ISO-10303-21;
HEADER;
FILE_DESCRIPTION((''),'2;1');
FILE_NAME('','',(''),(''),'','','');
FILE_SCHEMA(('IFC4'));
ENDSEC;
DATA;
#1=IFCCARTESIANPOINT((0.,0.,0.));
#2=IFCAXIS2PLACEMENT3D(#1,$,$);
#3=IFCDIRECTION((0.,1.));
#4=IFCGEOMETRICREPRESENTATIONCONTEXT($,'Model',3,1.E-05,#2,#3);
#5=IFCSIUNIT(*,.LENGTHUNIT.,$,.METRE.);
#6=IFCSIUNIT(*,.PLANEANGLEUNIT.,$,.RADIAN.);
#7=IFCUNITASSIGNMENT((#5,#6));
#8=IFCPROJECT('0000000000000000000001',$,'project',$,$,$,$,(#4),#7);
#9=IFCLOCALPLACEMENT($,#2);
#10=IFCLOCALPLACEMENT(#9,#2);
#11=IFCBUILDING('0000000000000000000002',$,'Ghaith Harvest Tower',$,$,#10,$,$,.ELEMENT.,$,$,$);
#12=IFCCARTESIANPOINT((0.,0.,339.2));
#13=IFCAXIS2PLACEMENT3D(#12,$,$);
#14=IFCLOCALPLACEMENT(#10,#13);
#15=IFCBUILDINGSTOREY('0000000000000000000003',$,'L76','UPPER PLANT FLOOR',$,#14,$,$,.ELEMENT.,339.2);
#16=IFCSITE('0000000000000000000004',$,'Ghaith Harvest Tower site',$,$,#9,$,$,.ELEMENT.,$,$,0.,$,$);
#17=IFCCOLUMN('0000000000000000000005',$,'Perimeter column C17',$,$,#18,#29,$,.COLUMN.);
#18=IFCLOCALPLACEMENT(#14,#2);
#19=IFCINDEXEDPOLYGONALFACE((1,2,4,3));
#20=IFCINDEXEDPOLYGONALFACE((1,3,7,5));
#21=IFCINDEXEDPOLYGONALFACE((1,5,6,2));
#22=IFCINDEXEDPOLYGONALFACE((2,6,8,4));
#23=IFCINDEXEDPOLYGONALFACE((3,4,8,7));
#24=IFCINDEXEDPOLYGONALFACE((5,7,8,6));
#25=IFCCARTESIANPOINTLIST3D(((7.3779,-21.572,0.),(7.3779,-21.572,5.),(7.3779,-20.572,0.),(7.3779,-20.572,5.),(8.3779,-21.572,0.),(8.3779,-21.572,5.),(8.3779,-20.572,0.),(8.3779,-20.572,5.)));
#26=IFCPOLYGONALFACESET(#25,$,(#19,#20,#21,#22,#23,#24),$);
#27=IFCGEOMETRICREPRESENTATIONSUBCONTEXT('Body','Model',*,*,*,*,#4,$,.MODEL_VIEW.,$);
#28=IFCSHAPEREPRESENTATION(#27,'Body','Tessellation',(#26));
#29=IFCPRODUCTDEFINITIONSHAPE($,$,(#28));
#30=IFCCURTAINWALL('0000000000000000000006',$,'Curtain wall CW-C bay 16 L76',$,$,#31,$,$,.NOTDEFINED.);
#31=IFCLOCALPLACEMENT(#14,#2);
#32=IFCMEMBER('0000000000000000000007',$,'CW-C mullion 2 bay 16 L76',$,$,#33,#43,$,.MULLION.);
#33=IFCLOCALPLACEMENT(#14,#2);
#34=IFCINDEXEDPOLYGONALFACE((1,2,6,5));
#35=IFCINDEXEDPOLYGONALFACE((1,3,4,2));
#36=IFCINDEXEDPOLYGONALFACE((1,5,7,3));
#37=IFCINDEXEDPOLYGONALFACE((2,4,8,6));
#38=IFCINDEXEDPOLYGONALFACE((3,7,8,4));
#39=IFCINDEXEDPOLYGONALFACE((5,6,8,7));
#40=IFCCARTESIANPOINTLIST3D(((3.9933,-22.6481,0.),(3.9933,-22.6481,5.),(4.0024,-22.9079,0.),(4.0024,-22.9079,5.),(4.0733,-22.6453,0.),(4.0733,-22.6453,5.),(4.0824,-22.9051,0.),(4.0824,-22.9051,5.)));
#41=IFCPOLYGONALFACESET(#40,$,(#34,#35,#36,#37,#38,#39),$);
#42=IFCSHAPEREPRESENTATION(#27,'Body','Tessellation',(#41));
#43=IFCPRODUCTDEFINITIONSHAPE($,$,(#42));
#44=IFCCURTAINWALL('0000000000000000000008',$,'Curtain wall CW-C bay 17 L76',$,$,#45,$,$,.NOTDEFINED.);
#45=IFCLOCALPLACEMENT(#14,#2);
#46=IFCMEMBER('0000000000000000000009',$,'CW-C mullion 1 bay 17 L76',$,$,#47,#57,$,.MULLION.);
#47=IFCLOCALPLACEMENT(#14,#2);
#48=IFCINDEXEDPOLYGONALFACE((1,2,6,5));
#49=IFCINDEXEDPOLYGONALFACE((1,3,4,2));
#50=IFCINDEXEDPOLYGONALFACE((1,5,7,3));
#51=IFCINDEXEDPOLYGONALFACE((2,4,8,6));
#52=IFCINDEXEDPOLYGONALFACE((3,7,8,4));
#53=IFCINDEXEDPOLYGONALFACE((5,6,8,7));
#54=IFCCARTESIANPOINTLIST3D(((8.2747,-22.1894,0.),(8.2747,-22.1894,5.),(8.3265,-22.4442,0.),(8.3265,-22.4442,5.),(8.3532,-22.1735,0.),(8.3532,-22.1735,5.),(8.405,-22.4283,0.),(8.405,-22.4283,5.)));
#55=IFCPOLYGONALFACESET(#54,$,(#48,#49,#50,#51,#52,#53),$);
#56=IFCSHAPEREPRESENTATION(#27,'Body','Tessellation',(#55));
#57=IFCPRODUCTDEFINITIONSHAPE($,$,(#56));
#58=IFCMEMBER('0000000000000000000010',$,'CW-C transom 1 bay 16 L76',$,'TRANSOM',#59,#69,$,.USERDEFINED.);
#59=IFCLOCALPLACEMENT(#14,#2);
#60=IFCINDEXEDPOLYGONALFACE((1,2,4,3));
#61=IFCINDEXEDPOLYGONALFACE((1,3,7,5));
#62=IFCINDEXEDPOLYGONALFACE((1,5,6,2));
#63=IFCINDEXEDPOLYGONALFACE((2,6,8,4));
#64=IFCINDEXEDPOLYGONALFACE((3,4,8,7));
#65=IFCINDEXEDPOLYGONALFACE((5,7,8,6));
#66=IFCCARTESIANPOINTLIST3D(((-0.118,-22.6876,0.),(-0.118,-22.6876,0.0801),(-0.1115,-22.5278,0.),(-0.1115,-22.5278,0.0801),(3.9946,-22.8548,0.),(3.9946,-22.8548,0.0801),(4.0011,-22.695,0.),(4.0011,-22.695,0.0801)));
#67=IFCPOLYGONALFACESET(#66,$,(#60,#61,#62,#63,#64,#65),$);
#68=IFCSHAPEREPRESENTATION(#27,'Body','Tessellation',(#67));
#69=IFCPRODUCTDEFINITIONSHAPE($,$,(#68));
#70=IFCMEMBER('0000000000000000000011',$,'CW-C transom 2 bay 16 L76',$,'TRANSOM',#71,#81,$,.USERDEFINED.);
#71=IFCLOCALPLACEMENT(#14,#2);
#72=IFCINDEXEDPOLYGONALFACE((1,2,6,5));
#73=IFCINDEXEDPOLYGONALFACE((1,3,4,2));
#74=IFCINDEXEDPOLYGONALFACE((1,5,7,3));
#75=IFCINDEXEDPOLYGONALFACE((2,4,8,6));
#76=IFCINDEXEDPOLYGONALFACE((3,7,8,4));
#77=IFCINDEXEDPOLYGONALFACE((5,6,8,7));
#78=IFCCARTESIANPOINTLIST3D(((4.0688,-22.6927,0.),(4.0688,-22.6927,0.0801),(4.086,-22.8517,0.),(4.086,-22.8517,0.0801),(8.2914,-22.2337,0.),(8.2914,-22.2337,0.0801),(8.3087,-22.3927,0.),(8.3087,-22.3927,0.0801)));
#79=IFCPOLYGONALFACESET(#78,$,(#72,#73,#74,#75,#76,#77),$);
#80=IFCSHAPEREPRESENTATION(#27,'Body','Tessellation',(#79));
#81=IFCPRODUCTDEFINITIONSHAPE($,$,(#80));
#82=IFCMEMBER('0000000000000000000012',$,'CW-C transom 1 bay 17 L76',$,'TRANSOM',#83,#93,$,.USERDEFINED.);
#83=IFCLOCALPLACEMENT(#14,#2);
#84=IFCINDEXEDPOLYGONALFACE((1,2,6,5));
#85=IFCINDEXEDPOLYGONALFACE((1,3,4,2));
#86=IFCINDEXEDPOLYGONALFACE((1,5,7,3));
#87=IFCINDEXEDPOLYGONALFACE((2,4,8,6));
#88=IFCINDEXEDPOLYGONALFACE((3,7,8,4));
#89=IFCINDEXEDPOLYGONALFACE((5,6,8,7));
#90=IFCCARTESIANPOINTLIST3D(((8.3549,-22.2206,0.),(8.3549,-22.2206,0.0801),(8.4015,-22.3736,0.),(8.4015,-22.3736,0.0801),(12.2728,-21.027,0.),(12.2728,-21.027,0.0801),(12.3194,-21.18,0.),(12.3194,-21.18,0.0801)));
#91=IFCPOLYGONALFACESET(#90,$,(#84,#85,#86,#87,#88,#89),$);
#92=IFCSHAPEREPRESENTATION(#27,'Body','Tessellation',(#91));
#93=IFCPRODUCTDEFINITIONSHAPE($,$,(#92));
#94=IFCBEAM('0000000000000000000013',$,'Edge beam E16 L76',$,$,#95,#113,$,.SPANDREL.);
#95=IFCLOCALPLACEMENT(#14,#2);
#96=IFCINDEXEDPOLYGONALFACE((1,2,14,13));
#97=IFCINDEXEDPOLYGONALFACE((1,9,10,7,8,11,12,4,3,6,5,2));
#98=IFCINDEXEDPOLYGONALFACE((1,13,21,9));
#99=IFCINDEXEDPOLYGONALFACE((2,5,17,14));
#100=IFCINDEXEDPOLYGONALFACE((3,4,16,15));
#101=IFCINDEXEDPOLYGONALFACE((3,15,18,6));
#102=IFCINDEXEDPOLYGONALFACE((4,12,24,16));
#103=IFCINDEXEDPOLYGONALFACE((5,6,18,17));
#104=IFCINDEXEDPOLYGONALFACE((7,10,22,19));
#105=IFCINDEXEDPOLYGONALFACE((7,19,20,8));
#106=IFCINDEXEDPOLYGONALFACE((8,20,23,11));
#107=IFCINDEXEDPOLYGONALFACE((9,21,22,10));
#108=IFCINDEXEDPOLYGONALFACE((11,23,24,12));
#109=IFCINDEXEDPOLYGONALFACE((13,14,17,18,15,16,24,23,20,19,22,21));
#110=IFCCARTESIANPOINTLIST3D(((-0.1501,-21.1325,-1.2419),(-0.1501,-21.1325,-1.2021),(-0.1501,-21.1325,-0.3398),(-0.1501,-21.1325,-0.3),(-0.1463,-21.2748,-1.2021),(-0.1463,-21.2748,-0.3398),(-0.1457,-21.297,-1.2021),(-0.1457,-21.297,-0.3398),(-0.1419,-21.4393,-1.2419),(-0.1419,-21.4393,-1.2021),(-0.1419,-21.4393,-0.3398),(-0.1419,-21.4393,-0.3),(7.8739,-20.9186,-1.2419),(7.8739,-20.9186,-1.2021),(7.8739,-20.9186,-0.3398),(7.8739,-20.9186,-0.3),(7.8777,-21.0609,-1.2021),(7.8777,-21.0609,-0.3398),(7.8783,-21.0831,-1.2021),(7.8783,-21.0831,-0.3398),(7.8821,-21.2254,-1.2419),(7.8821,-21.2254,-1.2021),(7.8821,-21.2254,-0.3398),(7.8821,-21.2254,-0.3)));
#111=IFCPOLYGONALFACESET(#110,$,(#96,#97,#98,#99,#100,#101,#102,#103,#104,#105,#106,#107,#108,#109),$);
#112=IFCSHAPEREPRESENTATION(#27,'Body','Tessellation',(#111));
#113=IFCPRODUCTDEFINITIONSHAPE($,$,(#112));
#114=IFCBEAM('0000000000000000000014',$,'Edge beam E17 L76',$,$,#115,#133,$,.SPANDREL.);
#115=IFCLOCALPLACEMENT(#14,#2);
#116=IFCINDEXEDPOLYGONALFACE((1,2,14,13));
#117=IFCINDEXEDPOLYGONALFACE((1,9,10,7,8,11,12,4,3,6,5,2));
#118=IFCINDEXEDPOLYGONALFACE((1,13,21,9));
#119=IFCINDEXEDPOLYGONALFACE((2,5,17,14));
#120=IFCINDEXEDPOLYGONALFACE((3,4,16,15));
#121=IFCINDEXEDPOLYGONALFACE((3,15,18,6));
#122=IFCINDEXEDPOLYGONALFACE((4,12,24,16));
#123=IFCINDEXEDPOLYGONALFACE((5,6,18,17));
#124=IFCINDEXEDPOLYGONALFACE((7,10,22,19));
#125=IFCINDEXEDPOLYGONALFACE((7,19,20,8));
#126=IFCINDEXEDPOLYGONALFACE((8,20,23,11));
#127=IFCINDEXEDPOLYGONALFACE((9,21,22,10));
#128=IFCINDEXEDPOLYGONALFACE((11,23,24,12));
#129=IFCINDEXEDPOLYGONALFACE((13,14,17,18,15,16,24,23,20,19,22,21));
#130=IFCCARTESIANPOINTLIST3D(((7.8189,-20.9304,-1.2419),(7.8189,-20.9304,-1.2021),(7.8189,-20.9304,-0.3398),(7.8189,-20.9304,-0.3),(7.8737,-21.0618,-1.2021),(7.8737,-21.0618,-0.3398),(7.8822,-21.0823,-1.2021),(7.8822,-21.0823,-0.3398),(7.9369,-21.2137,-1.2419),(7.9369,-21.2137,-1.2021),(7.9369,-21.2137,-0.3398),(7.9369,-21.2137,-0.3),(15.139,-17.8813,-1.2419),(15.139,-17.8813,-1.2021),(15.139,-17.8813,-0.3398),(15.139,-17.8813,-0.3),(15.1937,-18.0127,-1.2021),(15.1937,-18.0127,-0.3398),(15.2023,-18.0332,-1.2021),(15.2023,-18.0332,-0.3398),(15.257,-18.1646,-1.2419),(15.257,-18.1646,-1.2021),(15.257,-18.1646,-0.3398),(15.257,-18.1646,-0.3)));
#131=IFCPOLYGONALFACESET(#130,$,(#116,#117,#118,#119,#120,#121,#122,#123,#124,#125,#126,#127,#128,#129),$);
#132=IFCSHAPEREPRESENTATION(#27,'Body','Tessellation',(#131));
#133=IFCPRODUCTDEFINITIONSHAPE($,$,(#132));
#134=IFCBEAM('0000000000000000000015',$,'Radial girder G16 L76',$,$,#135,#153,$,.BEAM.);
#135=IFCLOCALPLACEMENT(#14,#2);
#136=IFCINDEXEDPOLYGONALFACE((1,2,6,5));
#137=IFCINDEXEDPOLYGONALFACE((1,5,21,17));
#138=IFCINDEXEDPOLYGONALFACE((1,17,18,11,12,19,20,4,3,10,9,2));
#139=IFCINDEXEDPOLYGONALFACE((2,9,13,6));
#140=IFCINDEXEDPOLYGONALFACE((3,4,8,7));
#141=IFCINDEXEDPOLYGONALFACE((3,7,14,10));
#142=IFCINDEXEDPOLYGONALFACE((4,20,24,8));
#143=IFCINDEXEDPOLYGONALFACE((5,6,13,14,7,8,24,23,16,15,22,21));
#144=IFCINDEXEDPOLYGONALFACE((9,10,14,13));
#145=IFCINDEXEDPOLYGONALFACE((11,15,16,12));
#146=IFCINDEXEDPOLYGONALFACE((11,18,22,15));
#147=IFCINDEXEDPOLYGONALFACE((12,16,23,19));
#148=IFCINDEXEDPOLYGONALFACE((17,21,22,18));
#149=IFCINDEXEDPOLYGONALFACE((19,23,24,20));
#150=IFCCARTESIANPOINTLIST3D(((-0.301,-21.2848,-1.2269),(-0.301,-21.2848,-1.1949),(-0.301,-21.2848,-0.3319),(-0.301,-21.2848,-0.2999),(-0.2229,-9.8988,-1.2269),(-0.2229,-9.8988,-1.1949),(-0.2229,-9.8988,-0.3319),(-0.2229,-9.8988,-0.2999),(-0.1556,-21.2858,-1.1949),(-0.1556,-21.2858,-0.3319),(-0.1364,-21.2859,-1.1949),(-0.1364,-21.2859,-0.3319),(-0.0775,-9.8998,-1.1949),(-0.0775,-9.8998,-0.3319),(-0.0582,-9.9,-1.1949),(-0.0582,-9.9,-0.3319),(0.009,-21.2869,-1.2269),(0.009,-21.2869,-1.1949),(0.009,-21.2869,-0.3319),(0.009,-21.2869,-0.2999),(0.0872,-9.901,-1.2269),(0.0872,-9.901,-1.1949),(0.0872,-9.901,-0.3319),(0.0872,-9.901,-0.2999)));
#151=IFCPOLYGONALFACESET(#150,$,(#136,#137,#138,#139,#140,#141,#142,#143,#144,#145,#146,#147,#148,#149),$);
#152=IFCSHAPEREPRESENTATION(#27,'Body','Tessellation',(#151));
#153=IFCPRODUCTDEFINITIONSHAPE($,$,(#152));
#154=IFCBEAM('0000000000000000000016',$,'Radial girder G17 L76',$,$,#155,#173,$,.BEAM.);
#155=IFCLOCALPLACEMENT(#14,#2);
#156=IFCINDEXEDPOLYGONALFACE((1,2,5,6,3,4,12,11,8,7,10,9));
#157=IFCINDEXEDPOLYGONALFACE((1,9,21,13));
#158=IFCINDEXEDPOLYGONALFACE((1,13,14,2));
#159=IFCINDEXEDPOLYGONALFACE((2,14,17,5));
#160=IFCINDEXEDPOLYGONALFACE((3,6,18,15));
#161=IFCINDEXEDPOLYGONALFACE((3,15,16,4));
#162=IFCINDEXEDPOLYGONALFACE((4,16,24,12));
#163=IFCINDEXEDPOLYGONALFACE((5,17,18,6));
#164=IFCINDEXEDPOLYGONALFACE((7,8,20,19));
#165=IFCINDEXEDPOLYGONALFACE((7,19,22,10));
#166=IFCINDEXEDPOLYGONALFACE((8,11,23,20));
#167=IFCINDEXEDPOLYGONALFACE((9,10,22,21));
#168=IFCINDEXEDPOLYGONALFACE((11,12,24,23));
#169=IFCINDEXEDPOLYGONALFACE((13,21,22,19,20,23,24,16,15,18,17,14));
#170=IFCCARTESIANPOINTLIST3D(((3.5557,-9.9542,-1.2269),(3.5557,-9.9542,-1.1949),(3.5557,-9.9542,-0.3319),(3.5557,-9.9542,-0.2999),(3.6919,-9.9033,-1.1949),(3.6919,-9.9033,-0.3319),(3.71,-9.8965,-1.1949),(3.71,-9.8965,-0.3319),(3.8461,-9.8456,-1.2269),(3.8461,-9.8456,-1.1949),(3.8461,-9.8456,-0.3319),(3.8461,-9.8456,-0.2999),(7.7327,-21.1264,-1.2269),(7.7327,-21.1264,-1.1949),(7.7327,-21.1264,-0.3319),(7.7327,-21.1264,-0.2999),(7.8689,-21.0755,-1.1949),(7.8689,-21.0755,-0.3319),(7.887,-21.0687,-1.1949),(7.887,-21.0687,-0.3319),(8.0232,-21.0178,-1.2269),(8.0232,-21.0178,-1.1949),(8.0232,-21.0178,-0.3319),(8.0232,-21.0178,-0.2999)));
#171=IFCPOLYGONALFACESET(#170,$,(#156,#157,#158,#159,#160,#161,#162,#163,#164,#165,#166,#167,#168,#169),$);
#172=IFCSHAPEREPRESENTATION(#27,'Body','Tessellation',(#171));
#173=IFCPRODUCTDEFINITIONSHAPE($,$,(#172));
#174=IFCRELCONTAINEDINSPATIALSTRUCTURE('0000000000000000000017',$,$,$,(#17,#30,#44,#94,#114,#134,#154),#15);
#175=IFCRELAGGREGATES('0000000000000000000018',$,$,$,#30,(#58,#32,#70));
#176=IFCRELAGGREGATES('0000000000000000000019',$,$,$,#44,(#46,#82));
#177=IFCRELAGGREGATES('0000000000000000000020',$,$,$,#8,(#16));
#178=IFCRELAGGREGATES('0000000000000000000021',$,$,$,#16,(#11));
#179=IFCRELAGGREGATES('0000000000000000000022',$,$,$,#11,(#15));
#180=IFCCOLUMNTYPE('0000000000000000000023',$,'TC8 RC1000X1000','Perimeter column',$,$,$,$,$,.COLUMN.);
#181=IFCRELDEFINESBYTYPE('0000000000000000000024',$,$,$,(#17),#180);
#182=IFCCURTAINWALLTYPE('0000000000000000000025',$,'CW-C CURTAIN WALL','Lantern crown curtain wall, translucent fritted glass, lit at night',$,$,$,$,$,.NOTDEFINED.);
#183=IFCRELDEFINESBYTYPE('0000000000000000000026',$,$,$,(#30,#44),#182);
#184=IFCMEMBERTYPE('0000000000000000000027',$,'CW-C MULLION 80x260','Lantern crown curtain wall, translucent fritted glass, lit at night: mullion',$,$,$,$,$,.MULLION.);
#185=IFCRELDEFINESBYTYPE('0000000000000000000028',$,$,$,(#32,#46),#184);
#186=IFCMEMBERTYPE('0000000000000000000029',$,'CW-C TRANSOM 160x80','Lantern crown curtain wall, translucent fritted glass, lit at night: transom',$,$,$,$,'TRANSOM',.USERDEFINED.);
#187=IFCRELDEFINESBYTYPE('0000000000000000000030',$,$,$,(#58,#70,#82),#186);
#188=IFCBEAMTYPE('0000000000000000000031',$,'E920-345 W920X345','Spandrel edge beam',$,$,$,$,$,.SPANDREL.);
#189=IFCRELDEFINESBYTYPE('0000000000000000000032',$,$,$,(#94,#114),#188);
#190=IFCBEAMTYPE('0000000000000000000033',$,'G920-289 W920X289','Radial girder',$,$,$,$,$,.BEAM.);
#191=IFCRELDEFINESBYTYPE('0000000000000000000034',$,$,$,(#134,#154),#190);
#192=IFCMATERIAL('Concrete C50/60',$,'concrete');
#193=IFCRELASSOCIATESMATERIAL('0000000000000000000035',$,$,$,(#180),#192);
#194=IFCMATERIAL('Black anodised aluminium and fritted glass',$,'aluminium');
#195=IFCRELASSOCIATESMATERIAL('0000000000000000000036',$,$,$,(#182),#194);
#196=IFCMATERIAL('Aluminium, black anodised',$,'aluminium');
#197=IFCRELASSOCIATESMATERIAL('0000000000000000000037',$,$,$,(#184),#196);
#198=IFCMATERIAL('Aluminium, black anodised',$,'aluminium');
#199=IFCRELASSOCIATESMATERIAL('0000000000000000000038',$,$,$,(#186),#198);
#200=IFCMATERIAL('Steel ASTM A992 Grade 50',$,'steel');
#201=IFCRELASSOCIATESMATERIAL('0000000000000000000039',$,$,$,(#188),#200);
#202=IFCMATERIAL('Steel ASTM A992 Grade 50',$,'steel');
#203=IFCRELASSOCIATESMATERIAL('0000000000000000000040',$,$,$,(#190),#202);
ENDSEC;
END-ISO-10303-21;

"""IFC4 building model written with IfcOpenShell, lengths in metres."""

from ifc_helpers import new_model, si_unit, direction, frame, origin, origin_2d, place, context, subcontext, project, spatial, rectangle, i_section, extrude, material, material_profile, profile_set, type_object, element, aggregate, save


model = new_model("IFC4")

# Units and contexts
model_context = context("Model", 3, precision=1e-05, world=origin(), true_north=direction((0.0, 1.0)))
body_context = subcontext(model_context, "Body", "Model", "MODEL_VIEW")
ifc_project = project(units=[si_unit("LENGTHUNIT", "METRE"), si_unit("PLANEANGLEUNIT", "RADIAN")], contexts=[model_context])

# Site, building, storey
site_placement = place(None, origin())
site = spatial("IfcSite", under=ifc_project, at=site_placement, Name="Ghaith Harvest Tower site", CompositionType="ELEMENT", RefElevation=0.0)
building_placement = place(site_placement, origin())
building = spatial("IfcBuilding", under=site, at=building_placement, Name="Ghaith Harvest Tower", CompositionType="ELEMENT")
storey_placement = place(building_placement, frame((0.0, 0.0, 339.2)))
storey = spatial("IfcBuildingStorey", under=building, at=storey_placement, Name="L76", Description="UPPER PLANT FLOOR", CompositionType="ELEMENT", Elevation=339.2)

# Column
ifc_material_1 = material(Name="Concrete C50/60", Category="concrete")
ifc_material_profile_1 = material_profile(ifc_material_1, rectangle(XDim=1.0, YDim=1.0, at=origin_2d()), Name="RC1000X1000")
ifc_profile_set_1 = profile_set([ifc_material_profile_1], Name="Concrete C50/60")
column_type = type_object("IfcColumnType", Name="TC8 RC1000X1000", Description="Perimeter column", PredefinedType="COLUMN", material=ifc_profile_set_1)
column_placement = place(storey_placement, frame((7.8779, -21.072, 0.0), z_axis=(0.0, 0.0, 1.0), x_axis=(1.0, 0.0, 0.0)))
element("IfcColumn", 1, at=column_placement, inside=storey, type_object=column_type, Name="Perimeter column C17", PredefinedType="COLUMN", context=body_context, shape_type="SweptSolid", body=[
    extrude(rectangle(XDim=1.0, YDim=1.0, at=origin_2d()), origin(), (0.0, 0.0, 1.0), 5.0),
])

# Curtain walls, members
ifc_material_2 = material(Name="Black anodised aluminium and fritted glass", Category="aluminium")
curtain_wall_type = type_object("IfcCurtainWallType", Name="CW-C CURTAIN WALL", Description="Lantern crown curtain wall, translucent fritted glass, lit at night", PredefinedType="NOTDEFINED", material=ifc_material_2)
curtain_wall_1_placement = place(storey_placement, origin())
curtain_wall_1 = element("IfcCurtainWall", 2, at=curtain_wall_1_placement, inside=storey, type_object=curtain_wall_type, Name="Curtain wall CW-C bay 16 L76", PredefinedType="NOTDEFINED")
ifc_material_3 = material(Name="Aluminium, black anodised", Category="aluminium")
ifc_material_profile_2 = material_profile(ifc_material_3, rectangle(XDim=0.0801, YDim=0.26, at=origin_2d()), Name="CW-C MULLION 80x260")
ifc_profile_set_2 = profile_set([ifc_material_profile_2], Name="Aluminium, black anodised")
member_type_1 = type_object("IfcMemberType", Name="CW-C MULLION 80x260", Description="Lantern crown curtain wall, translucent fritted glass, lit at night: mullion", PredefinedType="MULLION", material=ifc_profile_set_2)
member_1_placement = place(storey_placement, frame((4.0378, -22.7766, 0.0), z_axis=(0.0, 0.0, 1.0), x_axis=(0.999389, 0.034962, 0.0)))
member_1 = element("IfcMember", 3, at=member_1_placement, type_object=member_type_1, Name="CW-C mullion 2 bay 16 L76", PredefinedType="MULLION", context=body_context, shape_type="SweptSolid", body=[
    extrude(rectangle(XDim=0.0801, YDim=0.26, at=origin_2d()), origin(), (0.0, 0.0, 1.0), 5.0),
])
curtain_wall_2_placement = place(storey_placement, origin())
curtain_wall_2 = element("IfcCurtainWall", 4, at=curtain_wall_2_placement, inside=storey, type_object=curtain_wall_type, Name="Curtain wall CW-C bay 17 L76", PredefinedType="NOTDEFINED")
member_2_placement = place(storey_placement, frame((8.3398, -22.3088, 0.0), z_axis=(0.0, 0.0, 1.0), x_axis=(0.98, 0.198997, 0.0)))
member_2 = element("IfcMember", 5, at=member_2_placement, type_object=member_type_1, Name="CW-C mullion 1 bay 17 L76", PredefinedType="MULLION", context=body_context, shape_type="SweptSolid", body=[
    extrude(rectangle(XDim=0.0801, YDim=0.26, at=origin_2d()), origin(), (0.0, 0.0, 1.0), 5.0),
])

# Members
ifc_material_4 = material(Name="Aluminium, black anodised", Category="aluminium")
ifc_material_profile_3 = material_profile(ifc_material_4, rectangle(XDim=0.1599, YDim=0.0801, at=origin_2d()), Name="CW-C TRANSOM 160x80")
ifc_profile_set_3 = profile_set([ifc_material_profile_3], Name="Aluminium, black anodised")
member_type_2 = type_object("IfcMemberType", Name="CW-C TRANSOM 160x80", Description="Lantern crown curtain wall, translucent fritted glass, lit at night: transom", ElementType="TRANSOM", PredefinedType="USERDEFINED", material=ifc_profile_set_3)
member_3_placement = place(storey_placement, frame((-0.1147, -22.6077, 0.04), z_axis=(0.999174, -0.040631, 0.0), x_axis=(0.040631, 0.999174, 0.0)))
member_3 = element("IfcMember", 6, at=member_3_placement, type_object=member_type_2, Name="CW-C transom 1 bay 16 L76", ObjectType="TRANSOM", PredefinedType="USERDEFINED", context=body_context, shape_type="SweptSolid", body=[
    extrude(rectangle(XDim=0.1599, YDim=0.0801, at=origin_2d()), origin(), (0.0, 0.0, 1.0), 4.116),
])
member_4_placement = place(storey_placement, frame((4.0774, -22.7722, 0.04), z_axis=(0.994144, 0.108059, 0.0), x_axis=(-0.108059, 0.994144, 0.0)))
member_4 = element("IfcMember", 7, at=member_4_placement, type_object=member_type_2, Name="CW-C transom 2 bay 16 L76", ObjectType="TRANSOM", PredefinedType="USERDEFINED", context=body_context, shape_type="SweptSolid", body=[
    extrude(rectangle(XDim=0.1599, YDim=0.0801, at=origin_2d()), origin(), (0.0, 0.0, 1.0), 4.2476),
])
member_5_placement = place(storey_placement, frame((8.3782, -22.2971, 0.04), z_axis=(0.956594, 0.291425, 0.0), x_axis=(-0.291425, 0.956594, 0.0)))
member_5 = element("IfcMember", 8, at=member_5_placement, type_object=member_type_2, Name="CW-C transom 1 bay 17 L76", ObjectType="TRANSOM", PredefinedType="USERDEFINED", context=body_context, shape_type="SweptSolid", body=[
    extrude(rectangle(XDim=0.1599, YDim=0.0801, at=origin_2d()), origin(), (0.0, 0.0, 1.0), 4.0957),
])

# Beams
ifc_material_5 = material(Name="Steel ASTM A992 Grade 50", Category="steel")
ifc_material_profile_4 = material_profile(ifc_material_5, i_section(OverallWidth=0.3069, OverallDepth=0.9419, WebThickness=0.0222, FlangeThickness=0.0398, at=origin_2d()), Name="W920X345")
ifc_profile_set_4 = profile_set([ifc_material_profile_4], Name="Steel ASTM A992 Grade 50")
beam_type_1 = type_object("IfcBeamType", Name="E920-345 W920X345", Description="Spandrel edge beam", PredefinedType="SPANDREL", material=ifc_profile_set_4)
beam_1_placement = place(storey_placement, frame((-0.146, -21.2859, -0.771), z_axis=(0.999645, 0.026644, 0.0), x_axis=(-0.026644, 0.999645, 0.0)))
element("IfcBeam", 9, at=beam_1_placement, inside=storey, type_object=beam_type_1, Name="Edge beam E16 L76", PredefinedType="SPANDREL", context=body_context, shape_type="SweptSolid", body=[
    extrude(i_section(OverallWidth=0.3069, OverallDepth=0.9419, WebThickness=0.0222, FlangeThickness=0.0398, at=origin_2d()), origin(), (0.0, 0.0, 1.0), 8.0269),
])
beam_2_placement = place(storey_placement, frame((7.8779, -21.072, -0.771), z_axis=(0.92312, 0.384513, 0.0), x_axis=(-0.384513, 0.92312, 0.0)))
element("IfcBeam", 10, at=beam_2_placement, inside=storey, type_object=beam_type_1, Name="Edge beam E17 L76", PredefinedType="SPANDREL", context=body_context, shape_type="SweptSolid", body=[
    extrude(i_section(OverallWidth=0.3069, OverallDepth=0.9419, WebThickness=0.0222, FlangeThickness=0.0398, at=origin_2d()), origin(), (0.0, 0.0, 1.0), 7.9297),
])
ifc_material_6 = material(Name="Steel ASTM A992 Grade 50", Category="steel")
ifc_material_profile_5 = material_profile(ifc_material_6, i_section(OverallWidth=0.3101, OverallDepth=0.927, WebThickness=0.0193, FlangeThickness=0.032, at=origin_2d()), Name="W920X289")
ifc_profile_set_5 = profile_set([ifc_material_profile_5], Name="Steel ASTM A992 Grade 50")
beam_type_2 = type_object("IfcBeamType", Name="G920-289 W920X289", Description="Radial girder", PredefinedType="BEAM", material=ifc_profile_set_5)
beam_3_placement = place(storey_placement, frame((-0.0679, -9.8999, -0.7634), z_axis=(-0.006861, -0.999976, 0.0), x_axis=(0.999976, -0.006861, 0.0)))
element("IfcBeam", 11, at=beam_3_placement, inside=storey, type_object=beam_type_2, Name="Radial girder G16 L76", PredefinedType="BEAM", context=body_context, shape_type="SweptSolid", body=[
    extrude(i_section(OverallWidth=0.3101, OverallDepth=0.927, WebThickness=0.0193, FlangeThickness=0.032, at=origin_2d()), origin(), (0.0, 0.0, 1.0), 11.3862),
])
beam_4_placement = place(storey_placement, frame((3.7009, -9.8999, -0.7634), z_axis=(0.350201, -0.936674, 0.0), x_axis=(0.936674, 0.350201, 0.0)))
element("IfcBeam", 12, at=beam_4_placement, inside=storey, type_object=beam_type_2, Name="Radial girder G17 L76", PredefinedType="BEAM", context=body_context, shape_type="SweptSolid", body=[
    extrude(i_section(OverallWidth=0.3101, OverallDepth=0.927, WebThickness=0.0193, FlangeThickness=0.032, at=origin_2d()), origin(), (0.0, 0.0, 1.0), 11.9275),
])

aggregate(curtain_wall_1, [member_3, member_1, member_4])
aggregate(curtain_wall_2, [member_2, member_5])

save(model, "model.ifc")
